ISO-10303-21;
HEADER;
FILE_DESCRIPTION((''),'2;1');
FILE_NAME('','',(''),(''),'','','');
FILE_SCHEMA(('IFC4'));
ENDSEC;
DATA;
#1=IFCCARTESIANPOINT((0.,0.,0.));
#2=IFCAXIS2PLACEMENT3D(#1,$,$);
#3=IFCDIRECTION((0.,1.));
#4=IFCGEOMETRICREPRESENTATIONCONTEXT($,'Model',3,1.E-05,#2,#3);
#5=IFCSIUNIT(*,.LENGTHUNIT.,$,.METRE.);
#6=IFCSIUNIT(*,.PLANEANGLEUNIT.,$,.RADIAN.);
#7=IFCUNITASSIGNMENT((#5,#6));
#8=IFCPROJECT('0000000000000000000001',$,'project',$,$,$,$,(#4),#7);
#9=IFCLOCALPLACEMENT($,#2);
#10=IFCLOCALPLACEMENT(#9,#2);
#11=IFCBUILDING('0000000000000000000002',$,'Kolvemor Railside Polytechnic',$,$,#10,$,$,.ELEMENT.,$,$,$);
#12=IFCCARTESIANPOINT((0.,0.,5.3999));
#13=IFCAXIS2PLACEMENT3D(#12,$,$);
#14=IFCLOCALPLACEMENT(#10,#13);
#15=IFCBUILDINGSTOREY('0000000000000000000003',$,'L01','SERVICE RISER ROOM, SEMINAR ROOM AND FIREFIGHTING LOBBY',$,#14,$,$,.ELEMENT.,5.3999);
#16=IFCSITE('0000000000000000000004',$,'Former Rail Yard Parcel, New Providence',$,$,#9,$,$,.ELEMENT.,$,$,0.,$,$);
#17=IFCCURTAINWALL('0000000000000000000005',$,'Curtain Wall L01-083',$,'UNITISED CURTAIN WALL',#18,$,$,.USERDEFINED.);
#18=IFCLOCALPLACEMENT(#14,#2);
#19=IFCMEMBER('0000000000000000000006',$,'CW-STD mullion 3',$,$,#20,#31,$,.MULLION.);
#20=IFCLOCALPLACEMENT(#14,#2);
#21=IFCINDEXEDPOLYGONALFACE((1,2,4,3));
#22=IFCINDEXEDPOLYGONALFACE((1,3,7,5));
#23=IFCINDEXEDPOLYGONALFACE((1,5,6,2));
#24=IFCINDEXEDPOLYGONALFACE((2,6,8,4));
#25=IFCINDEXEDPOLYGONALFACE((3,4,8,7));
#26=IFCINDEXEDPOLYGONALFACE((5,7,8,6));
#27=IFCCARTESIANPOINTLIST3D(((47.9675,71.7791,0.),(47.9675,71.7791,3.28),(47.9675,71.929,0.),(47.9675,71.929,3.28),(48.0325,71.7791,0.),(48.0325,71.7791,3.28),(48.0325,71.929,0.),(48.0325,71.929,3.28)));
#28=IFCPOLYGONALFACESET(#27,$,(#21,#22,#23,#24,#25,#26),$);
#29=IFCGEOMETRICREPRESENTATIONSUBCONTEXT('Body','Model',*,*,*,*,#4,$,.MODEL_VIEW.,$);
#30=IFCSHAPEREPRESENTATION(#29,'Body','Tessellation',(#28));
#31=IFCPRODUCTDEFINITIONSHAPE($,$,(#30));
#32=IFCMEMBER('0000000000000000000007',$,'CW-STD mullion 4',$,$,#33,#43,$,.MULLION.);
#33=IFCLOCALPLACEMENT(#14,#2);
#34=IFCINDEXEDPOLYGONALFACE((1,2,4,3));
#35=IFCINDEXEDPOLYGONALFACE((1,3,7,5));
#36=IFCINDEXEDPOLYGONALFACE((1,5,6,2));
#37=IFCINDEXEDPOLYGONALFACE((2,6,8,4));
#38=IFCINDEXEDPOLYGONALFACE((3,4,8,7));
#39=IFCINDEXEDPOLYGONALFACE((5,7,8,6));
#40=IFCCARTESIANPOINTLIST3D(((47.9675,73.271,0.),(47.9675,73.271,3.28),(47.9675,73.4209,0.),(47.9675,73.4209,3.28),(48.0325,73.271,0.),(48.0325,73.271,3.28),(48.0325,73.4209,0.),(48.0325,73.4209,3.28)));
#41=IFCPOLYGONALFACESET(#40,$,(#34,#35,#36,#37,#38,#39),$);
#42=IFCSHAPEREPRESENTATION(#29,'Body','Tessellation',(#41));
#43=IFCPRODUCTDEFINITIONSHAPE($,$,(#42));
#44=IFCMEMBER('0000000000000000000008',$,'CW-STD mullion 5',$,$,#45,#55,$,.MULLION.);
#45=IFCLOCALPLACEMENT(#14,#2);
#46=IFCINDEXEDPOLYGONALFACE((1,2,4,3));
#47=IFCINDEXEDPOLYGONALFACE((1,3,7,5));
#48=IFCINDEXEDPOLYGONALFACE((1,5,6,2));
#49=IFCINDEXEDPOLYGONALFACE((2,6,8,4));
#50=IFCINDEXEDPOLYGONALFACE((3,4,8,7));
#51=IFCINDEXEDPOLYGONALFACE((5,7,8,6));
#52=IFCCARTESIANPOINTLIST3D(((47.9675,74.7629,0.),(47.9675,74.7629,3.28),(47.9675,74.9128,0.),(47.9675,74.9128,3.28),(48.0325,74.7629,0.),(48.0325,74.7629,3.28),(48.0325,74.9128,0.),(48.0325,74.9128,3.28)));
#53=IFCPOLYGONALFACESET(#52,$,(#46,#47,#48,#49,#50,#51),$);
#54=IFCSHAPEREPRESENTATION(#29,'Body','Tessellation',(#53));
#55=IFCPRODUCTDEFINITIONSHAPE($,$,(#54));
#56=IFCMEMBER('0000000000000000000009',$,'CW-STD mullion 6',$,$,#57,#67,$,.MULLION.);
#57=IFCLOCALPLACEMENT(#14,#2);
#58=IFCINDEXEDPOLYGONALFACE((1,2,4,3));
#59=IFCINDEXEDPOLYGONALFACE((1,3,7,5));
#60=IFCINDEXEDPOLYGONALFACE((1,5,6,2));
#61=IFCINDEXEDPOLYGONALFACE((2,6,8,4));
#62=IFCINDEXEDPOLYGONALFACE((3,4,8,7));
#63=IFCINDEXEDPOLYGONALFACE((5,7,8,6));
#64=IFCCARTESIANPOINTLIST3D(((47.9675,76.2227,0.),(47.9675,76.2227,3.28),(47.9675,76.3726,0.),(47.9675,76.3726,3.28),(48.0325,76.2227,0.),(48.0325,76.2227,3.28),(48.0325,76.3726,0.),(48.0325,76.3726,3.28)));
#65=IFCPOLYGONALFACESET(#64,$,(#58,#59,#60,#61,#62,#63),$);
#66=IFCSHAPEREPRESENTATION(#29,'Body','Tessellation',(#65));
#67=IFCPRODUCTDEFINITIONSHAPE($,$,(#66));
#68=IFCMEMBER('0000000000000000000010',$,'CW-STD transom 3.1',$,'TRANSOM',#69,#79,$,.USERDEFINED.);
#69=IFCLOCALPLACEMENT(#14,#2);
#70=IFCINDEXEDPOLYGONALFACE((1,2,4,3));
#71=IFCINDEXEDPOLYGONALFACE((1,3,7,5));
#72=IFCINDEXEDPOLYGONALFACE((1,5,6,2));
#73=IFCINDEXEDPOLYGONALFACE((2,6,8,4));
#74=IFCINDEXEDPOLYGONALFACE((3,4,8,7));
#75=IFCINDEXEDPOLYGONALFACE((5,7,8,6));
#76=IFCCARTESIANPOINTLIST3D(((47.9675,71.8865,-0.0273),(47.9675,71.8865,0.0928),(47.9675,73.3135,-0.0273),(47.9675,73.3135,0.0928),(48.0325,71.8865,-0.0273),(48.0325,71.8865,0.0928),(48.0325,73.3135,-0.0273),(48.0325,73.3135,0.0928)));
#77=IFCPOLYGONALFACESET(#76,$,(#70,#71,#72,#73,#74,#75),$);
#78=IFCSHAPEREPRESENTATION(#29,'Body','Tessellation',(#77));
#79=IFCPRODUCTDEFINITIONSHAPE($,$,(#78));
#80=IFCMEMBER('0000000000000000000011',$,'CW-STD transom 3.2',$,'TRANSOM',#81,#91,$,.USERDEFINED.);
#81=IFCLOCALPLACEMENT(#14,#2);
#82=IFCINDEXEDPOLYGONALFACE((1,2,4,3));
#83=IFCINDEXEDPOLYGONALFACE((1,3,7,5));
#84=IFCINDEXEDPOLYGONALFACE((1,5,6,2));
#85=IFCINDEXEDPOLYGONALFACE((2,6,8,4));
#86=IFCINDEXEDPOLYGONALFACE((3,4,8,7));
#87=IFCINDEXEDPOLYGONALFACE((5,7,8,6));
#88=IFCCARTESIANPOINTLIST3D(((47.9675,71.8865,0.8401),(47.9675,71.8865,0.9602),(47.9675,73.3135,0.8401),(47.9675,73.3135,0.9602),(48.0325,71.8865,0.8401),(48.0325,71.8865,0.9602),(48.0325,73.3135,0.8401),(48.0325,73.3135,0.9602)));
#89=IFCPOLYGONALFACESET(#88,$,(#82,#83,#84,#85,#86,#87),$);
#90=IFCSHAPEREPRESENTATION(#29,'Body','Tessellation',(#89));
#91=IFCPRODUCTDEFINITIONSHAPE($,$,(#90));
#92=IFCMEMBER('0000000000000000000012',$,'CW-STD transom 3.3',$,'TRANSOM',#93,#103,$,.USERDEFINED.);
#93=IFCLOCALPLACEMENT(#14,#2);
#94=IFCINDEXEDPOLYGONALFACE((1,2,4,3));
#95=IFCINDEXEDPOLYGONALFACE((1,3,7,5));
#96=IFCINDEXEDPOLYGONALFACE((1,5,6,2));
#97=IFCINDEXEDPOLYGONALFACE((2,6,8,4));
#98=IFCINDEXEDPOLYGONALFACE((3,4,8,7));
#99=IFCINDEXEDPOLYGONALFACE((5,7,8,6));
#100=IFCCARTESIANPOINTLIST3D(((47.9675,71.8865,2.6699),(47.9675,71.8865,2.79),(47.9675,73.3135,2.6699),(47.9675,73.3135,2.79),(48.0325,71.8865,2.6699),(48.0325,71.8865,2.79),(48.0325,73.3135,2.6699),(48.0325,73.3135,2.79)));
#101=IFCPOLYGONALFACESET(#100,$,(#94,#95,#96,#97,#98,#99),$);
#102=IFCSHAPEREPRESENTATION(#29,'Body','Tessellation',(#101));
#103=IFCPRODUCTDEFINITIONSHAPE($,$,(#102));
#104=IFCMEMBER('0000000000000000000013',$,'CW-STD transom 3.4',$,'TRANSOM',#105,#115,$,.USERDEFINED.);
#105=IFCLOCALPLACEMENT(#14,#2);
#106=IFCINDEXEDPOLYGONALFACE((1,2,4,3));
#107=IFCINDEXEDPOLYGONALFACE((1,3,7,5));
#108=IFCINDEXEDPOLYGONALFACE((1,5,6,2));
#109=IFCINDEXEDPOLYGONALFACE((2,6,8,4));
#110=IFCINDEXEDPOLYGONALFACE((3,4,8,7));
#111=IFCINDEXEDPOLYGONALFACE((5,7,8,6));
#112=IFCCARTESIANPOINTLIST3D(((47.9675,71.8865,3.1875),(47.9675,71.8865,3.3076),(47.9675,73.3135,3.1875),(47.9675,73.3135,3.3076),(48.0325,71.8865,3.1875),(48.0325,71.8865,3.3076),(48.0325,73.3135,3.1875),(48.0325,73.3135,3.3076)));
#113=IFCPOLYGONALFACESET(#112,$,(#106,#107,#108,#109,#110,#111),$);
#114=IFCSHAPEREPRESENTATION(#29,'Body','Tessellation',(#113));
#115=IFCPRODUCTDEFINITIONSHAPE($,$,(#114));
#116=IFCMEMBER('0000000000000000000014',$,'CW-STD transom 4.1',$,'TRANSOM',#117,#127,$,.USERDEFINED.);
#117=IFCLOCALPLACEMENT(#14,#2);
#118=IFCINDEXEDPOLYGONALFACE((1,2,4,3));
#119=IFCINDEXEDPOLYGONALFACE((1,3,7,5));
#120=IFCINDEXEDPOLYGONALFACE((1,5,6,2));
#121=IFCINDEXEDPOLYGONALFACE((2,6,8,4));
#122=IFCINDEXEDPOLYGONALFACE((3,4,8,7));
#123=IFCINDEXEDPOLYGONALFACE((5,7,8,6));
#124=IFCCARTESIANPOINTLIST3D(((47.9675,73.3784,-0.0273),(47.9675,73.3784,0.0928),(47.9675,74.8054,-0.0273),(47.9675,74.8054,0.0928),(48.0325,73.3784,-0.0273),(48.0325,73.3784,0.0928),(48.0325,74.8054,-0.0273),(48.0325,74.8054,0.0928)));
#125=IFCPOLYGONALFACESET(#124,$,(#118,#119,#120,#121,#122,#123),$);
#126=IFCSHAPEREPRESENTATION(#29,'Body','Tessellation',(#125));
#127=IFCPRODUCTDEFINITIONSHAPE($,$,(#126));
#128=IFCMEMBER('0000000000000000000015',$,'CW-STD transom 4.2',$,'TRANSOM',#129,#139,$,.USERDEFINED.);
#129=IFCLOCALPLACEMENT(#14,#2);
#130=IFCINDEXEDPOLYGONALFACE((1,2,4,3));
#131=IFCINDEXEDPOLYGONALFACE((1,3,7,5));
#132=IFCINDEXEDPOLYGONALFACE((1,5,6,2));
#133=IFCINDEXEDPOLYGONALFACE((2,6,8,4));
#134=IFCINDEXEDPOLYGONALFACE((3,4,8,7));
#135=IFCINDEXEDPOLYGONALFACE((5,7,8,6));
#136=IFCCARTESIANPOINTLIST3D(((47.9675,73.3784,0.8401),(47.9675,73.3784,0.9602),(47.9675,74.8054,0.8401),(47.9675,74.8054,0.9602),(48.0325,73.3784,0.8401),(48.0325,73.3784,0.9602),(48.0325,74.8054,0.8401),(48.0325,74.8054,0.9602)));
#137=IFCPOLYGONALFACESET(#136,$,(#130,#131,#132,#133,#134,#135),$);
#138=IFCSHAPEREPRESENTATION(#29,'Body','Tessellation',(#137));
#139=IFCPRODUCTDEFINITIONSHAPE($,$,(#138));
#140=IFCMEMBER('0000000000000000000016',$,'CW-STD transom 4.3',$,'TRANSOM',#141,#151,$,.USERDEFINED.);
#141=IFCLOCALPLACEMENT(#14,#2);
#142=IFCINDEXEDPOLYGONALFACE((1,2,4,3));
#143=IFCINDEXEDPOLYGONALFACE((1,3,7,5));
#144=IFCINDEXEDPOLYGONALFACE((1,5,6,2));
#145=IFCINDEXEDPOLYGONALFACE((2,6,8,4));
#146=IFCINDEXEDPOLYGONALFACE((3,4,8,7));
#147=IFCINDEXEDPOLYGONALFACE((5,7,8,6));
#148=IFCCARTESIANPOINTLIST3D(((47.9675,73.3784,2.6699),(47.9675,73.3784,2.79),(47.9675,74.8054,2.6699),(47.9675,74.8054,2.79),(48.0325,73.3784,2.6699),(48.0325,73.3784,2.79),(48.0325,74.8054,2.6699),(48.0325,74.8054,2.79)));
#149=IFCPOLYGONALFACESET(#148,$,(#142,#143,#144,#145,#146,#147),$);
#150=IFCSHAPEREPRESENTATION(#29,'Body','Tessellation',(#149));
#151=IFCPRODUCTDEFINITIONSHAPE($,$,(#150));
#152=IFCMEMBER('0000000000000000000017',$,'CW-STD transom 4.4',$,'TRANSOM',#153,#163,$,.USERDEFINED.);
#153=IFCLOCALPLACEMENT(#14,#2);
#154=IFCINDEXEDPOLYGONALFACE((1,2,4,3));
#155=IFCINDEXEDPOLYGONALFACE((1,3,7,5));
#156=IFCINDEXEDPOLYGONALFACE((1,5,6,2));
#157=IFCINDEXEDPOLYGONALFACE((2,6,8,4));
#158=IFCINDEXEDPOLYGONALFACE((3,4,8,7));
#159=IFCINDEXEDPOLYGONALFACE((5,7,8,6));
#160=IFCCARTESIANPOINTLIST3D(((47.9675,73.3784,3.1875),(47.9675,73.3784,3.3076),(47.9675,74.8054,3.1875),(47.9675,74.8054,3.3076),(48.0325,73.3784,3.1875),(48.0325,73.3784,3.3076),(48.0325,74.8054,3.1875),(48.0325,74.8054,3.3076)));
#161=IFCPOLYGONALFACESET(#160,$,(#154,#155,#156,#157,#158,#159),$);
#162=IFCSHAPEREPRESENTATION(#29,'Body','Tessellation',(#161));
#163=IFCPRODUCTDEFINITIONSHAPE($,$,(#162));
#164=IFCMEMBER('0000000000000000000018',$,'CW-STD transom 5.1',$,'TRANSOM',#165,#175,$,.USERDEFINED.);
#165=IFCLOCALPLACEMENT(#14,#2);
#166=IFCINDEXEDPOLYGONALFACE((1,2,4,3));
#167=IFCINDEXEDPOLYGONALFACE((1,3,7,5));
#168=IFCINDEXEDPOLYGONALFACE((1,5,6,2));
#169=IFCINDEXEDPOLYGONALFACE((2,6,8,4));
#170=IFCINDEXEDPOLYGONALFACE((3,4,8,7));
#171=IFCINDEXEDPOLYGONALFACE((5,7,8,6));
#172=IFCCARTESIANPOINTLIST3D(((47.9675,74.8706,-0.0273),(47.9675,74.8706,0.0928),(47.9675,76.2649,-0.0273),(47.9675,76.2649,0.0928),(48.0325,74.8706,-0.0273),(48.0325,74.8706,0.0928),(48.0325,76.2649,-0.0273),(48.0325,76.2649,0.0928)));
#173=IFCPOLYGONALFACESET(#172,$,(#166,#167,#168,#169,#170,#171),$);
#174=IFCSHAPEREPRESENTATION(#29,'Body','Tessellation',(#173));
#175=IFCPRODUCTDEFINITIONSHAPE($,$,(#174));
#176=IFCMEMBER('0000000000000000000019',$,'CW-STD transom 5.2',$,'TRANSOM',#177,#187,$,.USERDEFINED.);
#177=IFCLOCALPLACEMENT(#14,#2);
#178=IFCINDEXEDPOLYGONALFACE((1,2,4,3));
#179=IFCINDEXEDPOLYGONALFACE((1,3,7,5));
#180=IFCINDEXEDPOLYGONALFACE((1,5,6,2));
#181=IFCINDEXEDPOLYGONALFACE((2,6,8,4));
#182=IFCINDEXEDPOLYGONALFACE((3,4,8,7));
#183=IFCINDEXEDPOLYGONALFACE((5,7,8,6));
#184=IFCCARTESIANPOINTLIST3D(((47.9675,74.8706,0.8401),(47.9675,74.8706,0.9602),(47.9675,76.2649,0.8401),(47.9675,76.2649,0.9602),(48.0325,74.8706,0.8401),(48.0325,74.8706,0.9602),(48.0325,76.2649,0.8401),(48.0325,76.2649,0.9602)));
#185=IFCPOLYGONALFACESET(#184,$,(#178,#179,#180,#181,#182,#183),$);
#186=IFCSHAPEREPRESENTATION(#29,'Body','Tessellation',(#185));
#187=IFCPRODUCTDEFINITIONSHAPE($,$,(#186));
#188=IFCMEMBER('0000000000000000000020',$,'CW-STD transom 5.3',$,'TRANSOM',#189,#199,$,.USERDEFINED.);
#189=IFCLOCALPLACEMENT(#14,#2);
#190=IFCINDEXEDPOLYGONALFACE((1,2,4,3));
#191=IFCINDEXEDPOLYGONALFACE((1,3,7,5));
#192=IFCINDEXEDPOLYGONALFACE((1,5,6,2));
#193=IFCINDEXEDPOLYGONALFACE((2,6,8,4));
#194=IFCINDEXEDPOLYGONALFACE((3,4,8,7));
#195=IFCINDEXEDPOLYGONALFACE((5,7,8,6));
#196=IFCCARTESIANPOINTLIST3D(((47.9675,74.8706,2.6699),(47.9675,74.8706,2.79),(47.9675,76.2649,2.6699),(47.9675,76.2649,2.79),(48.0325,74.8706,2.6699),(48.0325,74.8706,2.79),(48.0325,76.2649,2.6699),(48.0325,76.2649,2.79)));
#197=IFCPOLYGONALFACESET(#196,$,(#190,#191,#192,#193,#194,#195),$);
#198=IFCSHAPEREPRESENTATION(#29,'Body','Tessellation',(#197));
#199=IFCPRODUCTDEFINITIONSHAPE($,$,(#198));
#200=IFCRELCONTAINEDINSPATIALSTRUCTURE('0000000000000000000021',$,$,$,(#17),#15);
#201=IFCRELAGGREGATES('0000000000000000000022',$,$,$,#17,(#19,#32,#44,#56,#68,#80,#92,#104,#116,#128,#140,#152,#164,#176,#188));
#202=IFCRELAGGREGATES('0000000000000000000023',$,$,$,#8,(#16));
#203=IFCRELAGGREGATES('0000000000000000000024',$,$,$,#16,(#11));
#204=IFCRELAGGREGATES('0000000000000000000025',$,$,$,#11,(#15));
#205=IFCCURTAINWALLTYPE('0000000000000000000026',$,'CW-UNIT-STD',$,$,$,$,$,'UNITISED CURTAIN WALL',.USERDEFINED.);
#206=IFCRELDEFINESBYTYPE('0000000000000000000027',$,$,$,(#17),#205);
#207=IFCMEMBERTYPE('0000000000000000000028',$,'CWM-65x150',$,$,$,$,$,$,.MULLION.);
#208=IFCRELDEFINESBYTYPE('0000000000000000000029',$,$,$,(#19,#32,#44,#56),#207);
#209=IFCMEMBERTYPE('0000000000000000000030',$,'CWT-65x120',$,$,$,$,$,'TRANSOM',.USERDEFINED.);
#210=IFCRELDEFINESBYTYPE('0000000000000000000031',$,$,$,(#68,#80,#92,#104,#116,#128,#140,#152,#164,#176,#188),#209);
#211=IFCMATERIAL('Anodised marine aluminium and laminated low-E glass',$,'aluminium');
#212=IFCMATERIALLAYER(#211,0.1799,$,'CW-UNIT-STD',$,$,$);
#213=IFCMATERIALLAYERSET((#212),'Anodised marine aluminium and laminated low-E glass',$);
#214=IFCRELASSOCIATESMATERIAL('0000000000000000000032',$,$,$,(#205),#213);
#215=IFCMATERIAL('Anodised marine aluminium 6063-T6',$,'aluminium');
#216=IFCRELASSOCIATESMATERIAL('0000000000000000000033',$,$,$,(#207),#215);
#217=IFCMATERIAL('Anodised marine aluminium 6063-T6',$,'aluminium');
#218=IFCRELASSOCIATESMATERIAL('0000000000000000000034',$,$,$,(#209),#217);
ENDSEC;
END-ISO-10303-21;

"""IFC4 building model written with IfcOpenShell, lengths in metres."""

from ifc_helpers import new_model, si_unit, direction, frame, origin, origin_2d, place, context, subcontext, project, spatial, rectangle, extrude, material, layer, layer_set, material_profile, profile_set, type_object, element, aggregate, save


model = new_model("IFC4")

# Units and contexts
model_context = context("Model", 3, precision=1e-05, world=origin(), true_north=direction((0.0, 1.0)))
body_context = subcontext(model_context, "Body", "Model", "MODEL_VIEW")
ifc_project = project(units=[si_unit("LENGTHUNIT", "METRE"), si_unit("PLANEANGLEUNIT", "RADIAN")], contexts=[model_context])

# Site, building, storey
site_placement = place(None, origin())
site = spatial("IfcSite", under=ifc_project, at=site_placement, Name="Former Rail Yard Parcel, New Providence", CompositionType="ELEMENT", RefElevation=0.0)
building_placement = place(site_placement, origin())
building = spatial("IfcBuilding", under=site, at=building_placement, Name="Kolvemor Railside Polytechnic", CompositionType="ELEMENT")
storey_placement = place(building_placement, frame((0.0, 0.0, 5.3999)))
storey = spatial("IfcBuildingStorey", under=building, at=storey_placement, Name="L01", Description="SERVICE RISER ROOM, SEMINAR ROOM AND FIREFIGHTING LOBBY", CompositionType="ELEMENT", Elevation=5.3999)

# Curtain wall, members
ifc_material_1 = material(Name="Anodised marine aluminium and laminated low-E glass", Category="aluminium")
ifc_layer_1 = layer(ifc_material_1, 0.1799, Name="CW-UNIT-STD")
ifc_layer_set_1 = layer_set([ifc_layer_1], Name="Anodised marine aluminium and laminated low-E glass")
curtain_wall_type = type_object("IfcCurtainWallType", Name="CW-UNIT-STD", ElementType="UNITISED CURTAIN WALL", PredefinedType="USERDEFINED", material=ifc_layer_set_1)
curtain_wall_placement = place(storey_placement, origin())
curtain_wall = element("IfcCurtainWall", 1, at=curtain_wall_placement, inside=storey, type_object=curtain_wall_type, Name="Curtain Wall L01-083", ObjectType="UNITISED CURTAIN WALL", PredefinedType="USERDEFINED")
ifc_material_2 = material(Name="Anodised marine aluminium 6063-T6", Category="aluminium")
ifc_material_profile_1 = material_profile(ifc_material_2, rectangle(XDim=0.0649, YDim=0.1499, at=origin_2d()), Name="CW-MUL-65x150")
ifc_profile_set_1 = profile_set([ifc_material_profile_1], Name="Anodised marine aluminium 6063-T6")
member_type_1 = type_object("IfcMemberType", Name="CWM-65x150", PredefinedType="MULLION", material=ifc_profile_set_1)
member_1_placement = place(storey_placement, frame((48.0, 71.854, 0.0), z_axis=(0.0, 0.0, 1.0), x_axis=(-1.0, 0.0, 0.0)))
member_1 = element("IfcMember", 2, at=member_1_placement, type_object=member_type_1, Name="CW-STD mullion 3", PredefinedType="MULLION", context=body_context, shape_type="SweptSolid", body=[
    extrude(rectangle(XDim=0.0649, YDim=0.1499, at=origin_2d()), origin(), (0.0, 0.0, 1.0), 3.28),
])
member_2_placement = place(storey_placement, frame((48.0, 73.3459, 0.0), z_axis=(0.0, 0.0, 1.0), x_axis=(-1.0, 0.0, 0.0)))
member_2 = element("IfcMember", 3, at=member_2_placement, type_object=member_type_1, Name="CW-STD mullion 4", PredefinedType="MULLION", context=body_context, shape_type="SweptSolid", body=[
    extrude(rectangle(XDim=0.0649, YDim=0.1499, at=origin_2d()), origin(), (0.0, 0.0, 1.0), 3.28),
])
member_3_placement = place(storey_placement, frame((48.0, 74.8379, 0.0), z_axis=(0.0, 0.0, 1.0), x_axis=(-1.0, 0.0, 0.0)))
member_3 = element("IfcMember", 4, at=member_3_placement, type_object=member_type_1, Name="CW-STD mullion 5", PredefinedType="MULLION", context=body_context, shape_type="SweptSolid", body=[
    extrude(rectangle(XDim=0.0649, YDim=0.1499, at=origin_2d()), origin(), (0.0, 0.0, 1.0), 3.28),
])
member_4_placement = place(storey_placement, frame((48.0, 76.2976, 0.0), z_axis=(0.0, 0.0, 1.0), x_axis=(-1.0, 0.0, 0.0)))
member_4 = element("IfcMember", 5, at=member_4_placement, type_object=member_type_1, Name="CW-STD mullion 6", PredefinedType="MULLION", context=body_context, shape_type="SweptSolid", body=[
    extrude(rectangle(XDim=0.0649, YDim=0.1499, at=origin_2d()), origin(), (0.0, 0.0, 1.0), 3.28),
])
ifc_material_3 = material(Name="Anodised marine aluminium 6063-T6", Category="aluminium")
ifc_material_profile_2 = material_profile(ifc_material_3, rectangle(XDim=0.0649, YDim=0.1201, at=origin_2d()), Name="CW-TRN-65x120")
ifc_profile_set_2 = profile_set([ifc_material_profile_2], Name="Anodised marine aluminium 6063-T6")
member_type_2 = type_object("IfcMemberType", Name="CWT-65x120", ElementType="TRANSOM", PredefinedType="USERDEFINED", material=ifc_profile_set_2)
member_5_placement = place(storey_placement, frame((48.0, 71.8865, 0.0327), z_axis=(0.0, 1.0, 0.0), x_axis=(-1.0, 0.0, 0.0)))
member_5 = element("IfcMember", 6, at=member_5_placement, type_object=member_type_2, Name="CW-STD transom 3.1", ObjectType="TRANSOM", PredefinedType="USERDEFINED", context=body_context, shape_type="SweptSolid", body=[
    extrude(rectangle(XDim=0.0649, YDim=0.1201, at=origin_2d()), origin(), (0.0, 0.0, 1.0), 1.427),
])
member_6_placement = place(storey_placement, frame((48.0, 71.8865, 0.9001), z_axis=(0.0, 1.0, 0.0), x_axis=(-1.0, 0.0, 0.0)))
member_6 = element("IfcMember", 7, at=member_6_placement, type_object=member_type_2, Name="CW-STD transom 3.2", ObjectType="TRANSOM", PredefinedType="USERDEFINED", context=body_context, shape_type="SweptSolid", body=[
    extrude(rectangle(XDim=0.0649, YDim=0.1201, at=origin_2d()), origin(), (0.0, 0.0, 1.0), 1.427),
])
member_7_placement = place(storey_placement, frame((48.0, 71.8865, 2.73), z_axis=(0.0, 1.0, 0.0), x_axis=(-1.0, 0.0, 0.0)))
member_7 = element("IfcMember", 8, at=member_7_placement, type_object=member_type_2, Name="CW-STD transom 3.3", ObjectType="TRANSOM", PredefinedType="USERDEFINED", context=body_context, shape_type="SweptSolid", body=[
    extrude(rectangle(XDim=0.0649, YDim=0.1201, at=origin_2d()), origin(), (0.0, 0.0, 1.0), 1.427),
])
member_8_placement = place(storey_placement, frame((48.0, 71.8865, 3.2476), z_axis=(0.0, 1.0, 0.0), x_axis=(-1.0, 0.0, 0.0)))
member_8 = element("IfcMember", 9, at=member_8_placement, type_object=member_type_2, Name="CW-STD transom 3.4", ObjectType="TRANSOM", PredefinedType="USERDEFINED", context=body_context, shape_type="SweptSolid", body=[
    extrude(rectangle(XDim=0.0649, YDim=0.1201, at=origin_2d()), origin(), (0.0, 0.0, 1.0), 1.427),
])
member_9_placement = place(storey_placement, frame((48.0, 73.3784, 0.0327), z_axis=(0.0, 1.0, 0.0), x_axis=(-1.0, 0.0, 0.0)))
member_9 = element("IfcMember", 10, at=member_9_placement, type_object=member_type_2, Name="CW-STD transom 4.1", ObjectType="TRANSOM", PredefinedType="USERDEFINED", context=body_context, shape_type="SweptSolid", body=[
    extrude(rectangle(XDim=0.0649, YDim=0.1201, at=origin_2d()), origin(), (0.0, 0.0, 1.0), 1.427),
])
member_10_placement = place(storey_placement, frame((48.0, 73.3784, 0.9001), z_axis=(0.0, 1.0, 0.0), x_axis=(-1.0, 0.0, 0.0)))
member_10 = element("IfcMember", 11, at=member_10_placement, type_object=member_type_2, Name="CW-STD transom 4.2", ObjectType="TRANSOM", PredefinedType="USERDEFINED", context=body_context, shape_type="SweptSolid", body=[
    extrude(rectangle(XDim=0.0649, YDim=0.1201, at=origin_2d()), origin(), (0.0, 0.0, 1.0), 1.427),
])
member_11_placement = place(storey_placement, frame((48.0, 73.3784, 2.73), z_axis=(0.0, 1.0, 0.0), x_axis=(-1.0, 0.0, 0.0)))
member_11 = element("IfcMember", 12, at=member_11_placement, type_object=member_type_2, Name="CW-STD transom 4.3", ObjectType="TRANSOM", PredefinedType="USERDEFINED", context=body_context, shape_type="SweptSolid", body=[
    extrude(rectangle(XDim=0.0649, YDim=0.1201, at=origin_2d()), origin(), (0.0, 0.0, 1.0), 1.427),
])
member_12_placement = place(storey_placement, frame((48.0, 73.3784, 3.2476), z_axis=(0.0, 1.0, 0.0), x_axis=(-1.0, 0.0, 0.0)))
member_12 = element("IfcMember", 13, at=member_12_placement, type_object=member_type_2, Name="CW-STD transom 4.4", ObjectType="TRANSOM", PredefinedType="USERDEFINED", context=body_context, shape_type="SweptSolid", body=[
    extrude(rectangle(XDim=0.0649, YDim=0.1201, at=origin_2d()), origin(), (0.0, 0.0, 1.0), 1.427),
])
member_13_placement = place(storey_placement, frame((48.0, 74.8706, 0.0327), z_axis=(0.0, 1.0, 0.0), x_axis=(-1.0, 0.0, 0.0)))
member_13 = element("IfcMember", 14, at=member_13_placement, type_object=member_type_2, Name="CW-STD transom 5.1", ObjectType="TRANSOM", PredefinedType="USERDEFINED", context=body_context, shape_type="SweptSolid", body=[
    extrude(rectangle(XDim=0.0649, YDim=0.1201, at=origin_2d()), origin(), (0.0, 0.0, 1.0), 1.3943),
])
member_14_placement = place(storey_placement, frame((48.0, 74.8706, 0.9001), z_axis=(0.0, 1.0, 0.0), x_axis=(-1.0, 0.0, 0.0)))
member_14 = element("IfcMember", 15, at=member_14_placement, type_object=member_type_2, Name="CW-STD transom 5.2", ObjectType="TRANSOM", PredefinedType="USERDEFINED", context=body_context, shape_type="SweptSolid", body=[
    extrude(rectangle(XDim=0.0649, YDim=0.1201, at=origin_2d()), origin(), (0.0, 0.0, 1.0), 1.3943),
])
member_15_placement = place(storey_placement, frame((48.0, 74.8706, 2.73), z_axis=(0.0, 1.0, 0.0), x_axis=(-1.0, 0.0, 0.0)))
member_15 = element("IfcMember", 16, at=member_15_placement, type_object=member_type_2, Name="CW-STD transom 5.3", ObjectType="TRANSOM", PredefinedType="USERDEFINED", context=body_context, shape_type="SweptSolid", body=[
    extrude(rectangle(XDim=0.0649, YDim=0.1201, at=origin_2d()), origin(), (0.0, 0.0, 1.0), 1.3943),
])
aggregate(curtain_wall, [member_1, member_2, member_3, member_4, member_5, member_6, member_7, member_8, member_9, member_10, member_11, member_12, member_13, member_14, member_15])

save(model, "model.ifc")
